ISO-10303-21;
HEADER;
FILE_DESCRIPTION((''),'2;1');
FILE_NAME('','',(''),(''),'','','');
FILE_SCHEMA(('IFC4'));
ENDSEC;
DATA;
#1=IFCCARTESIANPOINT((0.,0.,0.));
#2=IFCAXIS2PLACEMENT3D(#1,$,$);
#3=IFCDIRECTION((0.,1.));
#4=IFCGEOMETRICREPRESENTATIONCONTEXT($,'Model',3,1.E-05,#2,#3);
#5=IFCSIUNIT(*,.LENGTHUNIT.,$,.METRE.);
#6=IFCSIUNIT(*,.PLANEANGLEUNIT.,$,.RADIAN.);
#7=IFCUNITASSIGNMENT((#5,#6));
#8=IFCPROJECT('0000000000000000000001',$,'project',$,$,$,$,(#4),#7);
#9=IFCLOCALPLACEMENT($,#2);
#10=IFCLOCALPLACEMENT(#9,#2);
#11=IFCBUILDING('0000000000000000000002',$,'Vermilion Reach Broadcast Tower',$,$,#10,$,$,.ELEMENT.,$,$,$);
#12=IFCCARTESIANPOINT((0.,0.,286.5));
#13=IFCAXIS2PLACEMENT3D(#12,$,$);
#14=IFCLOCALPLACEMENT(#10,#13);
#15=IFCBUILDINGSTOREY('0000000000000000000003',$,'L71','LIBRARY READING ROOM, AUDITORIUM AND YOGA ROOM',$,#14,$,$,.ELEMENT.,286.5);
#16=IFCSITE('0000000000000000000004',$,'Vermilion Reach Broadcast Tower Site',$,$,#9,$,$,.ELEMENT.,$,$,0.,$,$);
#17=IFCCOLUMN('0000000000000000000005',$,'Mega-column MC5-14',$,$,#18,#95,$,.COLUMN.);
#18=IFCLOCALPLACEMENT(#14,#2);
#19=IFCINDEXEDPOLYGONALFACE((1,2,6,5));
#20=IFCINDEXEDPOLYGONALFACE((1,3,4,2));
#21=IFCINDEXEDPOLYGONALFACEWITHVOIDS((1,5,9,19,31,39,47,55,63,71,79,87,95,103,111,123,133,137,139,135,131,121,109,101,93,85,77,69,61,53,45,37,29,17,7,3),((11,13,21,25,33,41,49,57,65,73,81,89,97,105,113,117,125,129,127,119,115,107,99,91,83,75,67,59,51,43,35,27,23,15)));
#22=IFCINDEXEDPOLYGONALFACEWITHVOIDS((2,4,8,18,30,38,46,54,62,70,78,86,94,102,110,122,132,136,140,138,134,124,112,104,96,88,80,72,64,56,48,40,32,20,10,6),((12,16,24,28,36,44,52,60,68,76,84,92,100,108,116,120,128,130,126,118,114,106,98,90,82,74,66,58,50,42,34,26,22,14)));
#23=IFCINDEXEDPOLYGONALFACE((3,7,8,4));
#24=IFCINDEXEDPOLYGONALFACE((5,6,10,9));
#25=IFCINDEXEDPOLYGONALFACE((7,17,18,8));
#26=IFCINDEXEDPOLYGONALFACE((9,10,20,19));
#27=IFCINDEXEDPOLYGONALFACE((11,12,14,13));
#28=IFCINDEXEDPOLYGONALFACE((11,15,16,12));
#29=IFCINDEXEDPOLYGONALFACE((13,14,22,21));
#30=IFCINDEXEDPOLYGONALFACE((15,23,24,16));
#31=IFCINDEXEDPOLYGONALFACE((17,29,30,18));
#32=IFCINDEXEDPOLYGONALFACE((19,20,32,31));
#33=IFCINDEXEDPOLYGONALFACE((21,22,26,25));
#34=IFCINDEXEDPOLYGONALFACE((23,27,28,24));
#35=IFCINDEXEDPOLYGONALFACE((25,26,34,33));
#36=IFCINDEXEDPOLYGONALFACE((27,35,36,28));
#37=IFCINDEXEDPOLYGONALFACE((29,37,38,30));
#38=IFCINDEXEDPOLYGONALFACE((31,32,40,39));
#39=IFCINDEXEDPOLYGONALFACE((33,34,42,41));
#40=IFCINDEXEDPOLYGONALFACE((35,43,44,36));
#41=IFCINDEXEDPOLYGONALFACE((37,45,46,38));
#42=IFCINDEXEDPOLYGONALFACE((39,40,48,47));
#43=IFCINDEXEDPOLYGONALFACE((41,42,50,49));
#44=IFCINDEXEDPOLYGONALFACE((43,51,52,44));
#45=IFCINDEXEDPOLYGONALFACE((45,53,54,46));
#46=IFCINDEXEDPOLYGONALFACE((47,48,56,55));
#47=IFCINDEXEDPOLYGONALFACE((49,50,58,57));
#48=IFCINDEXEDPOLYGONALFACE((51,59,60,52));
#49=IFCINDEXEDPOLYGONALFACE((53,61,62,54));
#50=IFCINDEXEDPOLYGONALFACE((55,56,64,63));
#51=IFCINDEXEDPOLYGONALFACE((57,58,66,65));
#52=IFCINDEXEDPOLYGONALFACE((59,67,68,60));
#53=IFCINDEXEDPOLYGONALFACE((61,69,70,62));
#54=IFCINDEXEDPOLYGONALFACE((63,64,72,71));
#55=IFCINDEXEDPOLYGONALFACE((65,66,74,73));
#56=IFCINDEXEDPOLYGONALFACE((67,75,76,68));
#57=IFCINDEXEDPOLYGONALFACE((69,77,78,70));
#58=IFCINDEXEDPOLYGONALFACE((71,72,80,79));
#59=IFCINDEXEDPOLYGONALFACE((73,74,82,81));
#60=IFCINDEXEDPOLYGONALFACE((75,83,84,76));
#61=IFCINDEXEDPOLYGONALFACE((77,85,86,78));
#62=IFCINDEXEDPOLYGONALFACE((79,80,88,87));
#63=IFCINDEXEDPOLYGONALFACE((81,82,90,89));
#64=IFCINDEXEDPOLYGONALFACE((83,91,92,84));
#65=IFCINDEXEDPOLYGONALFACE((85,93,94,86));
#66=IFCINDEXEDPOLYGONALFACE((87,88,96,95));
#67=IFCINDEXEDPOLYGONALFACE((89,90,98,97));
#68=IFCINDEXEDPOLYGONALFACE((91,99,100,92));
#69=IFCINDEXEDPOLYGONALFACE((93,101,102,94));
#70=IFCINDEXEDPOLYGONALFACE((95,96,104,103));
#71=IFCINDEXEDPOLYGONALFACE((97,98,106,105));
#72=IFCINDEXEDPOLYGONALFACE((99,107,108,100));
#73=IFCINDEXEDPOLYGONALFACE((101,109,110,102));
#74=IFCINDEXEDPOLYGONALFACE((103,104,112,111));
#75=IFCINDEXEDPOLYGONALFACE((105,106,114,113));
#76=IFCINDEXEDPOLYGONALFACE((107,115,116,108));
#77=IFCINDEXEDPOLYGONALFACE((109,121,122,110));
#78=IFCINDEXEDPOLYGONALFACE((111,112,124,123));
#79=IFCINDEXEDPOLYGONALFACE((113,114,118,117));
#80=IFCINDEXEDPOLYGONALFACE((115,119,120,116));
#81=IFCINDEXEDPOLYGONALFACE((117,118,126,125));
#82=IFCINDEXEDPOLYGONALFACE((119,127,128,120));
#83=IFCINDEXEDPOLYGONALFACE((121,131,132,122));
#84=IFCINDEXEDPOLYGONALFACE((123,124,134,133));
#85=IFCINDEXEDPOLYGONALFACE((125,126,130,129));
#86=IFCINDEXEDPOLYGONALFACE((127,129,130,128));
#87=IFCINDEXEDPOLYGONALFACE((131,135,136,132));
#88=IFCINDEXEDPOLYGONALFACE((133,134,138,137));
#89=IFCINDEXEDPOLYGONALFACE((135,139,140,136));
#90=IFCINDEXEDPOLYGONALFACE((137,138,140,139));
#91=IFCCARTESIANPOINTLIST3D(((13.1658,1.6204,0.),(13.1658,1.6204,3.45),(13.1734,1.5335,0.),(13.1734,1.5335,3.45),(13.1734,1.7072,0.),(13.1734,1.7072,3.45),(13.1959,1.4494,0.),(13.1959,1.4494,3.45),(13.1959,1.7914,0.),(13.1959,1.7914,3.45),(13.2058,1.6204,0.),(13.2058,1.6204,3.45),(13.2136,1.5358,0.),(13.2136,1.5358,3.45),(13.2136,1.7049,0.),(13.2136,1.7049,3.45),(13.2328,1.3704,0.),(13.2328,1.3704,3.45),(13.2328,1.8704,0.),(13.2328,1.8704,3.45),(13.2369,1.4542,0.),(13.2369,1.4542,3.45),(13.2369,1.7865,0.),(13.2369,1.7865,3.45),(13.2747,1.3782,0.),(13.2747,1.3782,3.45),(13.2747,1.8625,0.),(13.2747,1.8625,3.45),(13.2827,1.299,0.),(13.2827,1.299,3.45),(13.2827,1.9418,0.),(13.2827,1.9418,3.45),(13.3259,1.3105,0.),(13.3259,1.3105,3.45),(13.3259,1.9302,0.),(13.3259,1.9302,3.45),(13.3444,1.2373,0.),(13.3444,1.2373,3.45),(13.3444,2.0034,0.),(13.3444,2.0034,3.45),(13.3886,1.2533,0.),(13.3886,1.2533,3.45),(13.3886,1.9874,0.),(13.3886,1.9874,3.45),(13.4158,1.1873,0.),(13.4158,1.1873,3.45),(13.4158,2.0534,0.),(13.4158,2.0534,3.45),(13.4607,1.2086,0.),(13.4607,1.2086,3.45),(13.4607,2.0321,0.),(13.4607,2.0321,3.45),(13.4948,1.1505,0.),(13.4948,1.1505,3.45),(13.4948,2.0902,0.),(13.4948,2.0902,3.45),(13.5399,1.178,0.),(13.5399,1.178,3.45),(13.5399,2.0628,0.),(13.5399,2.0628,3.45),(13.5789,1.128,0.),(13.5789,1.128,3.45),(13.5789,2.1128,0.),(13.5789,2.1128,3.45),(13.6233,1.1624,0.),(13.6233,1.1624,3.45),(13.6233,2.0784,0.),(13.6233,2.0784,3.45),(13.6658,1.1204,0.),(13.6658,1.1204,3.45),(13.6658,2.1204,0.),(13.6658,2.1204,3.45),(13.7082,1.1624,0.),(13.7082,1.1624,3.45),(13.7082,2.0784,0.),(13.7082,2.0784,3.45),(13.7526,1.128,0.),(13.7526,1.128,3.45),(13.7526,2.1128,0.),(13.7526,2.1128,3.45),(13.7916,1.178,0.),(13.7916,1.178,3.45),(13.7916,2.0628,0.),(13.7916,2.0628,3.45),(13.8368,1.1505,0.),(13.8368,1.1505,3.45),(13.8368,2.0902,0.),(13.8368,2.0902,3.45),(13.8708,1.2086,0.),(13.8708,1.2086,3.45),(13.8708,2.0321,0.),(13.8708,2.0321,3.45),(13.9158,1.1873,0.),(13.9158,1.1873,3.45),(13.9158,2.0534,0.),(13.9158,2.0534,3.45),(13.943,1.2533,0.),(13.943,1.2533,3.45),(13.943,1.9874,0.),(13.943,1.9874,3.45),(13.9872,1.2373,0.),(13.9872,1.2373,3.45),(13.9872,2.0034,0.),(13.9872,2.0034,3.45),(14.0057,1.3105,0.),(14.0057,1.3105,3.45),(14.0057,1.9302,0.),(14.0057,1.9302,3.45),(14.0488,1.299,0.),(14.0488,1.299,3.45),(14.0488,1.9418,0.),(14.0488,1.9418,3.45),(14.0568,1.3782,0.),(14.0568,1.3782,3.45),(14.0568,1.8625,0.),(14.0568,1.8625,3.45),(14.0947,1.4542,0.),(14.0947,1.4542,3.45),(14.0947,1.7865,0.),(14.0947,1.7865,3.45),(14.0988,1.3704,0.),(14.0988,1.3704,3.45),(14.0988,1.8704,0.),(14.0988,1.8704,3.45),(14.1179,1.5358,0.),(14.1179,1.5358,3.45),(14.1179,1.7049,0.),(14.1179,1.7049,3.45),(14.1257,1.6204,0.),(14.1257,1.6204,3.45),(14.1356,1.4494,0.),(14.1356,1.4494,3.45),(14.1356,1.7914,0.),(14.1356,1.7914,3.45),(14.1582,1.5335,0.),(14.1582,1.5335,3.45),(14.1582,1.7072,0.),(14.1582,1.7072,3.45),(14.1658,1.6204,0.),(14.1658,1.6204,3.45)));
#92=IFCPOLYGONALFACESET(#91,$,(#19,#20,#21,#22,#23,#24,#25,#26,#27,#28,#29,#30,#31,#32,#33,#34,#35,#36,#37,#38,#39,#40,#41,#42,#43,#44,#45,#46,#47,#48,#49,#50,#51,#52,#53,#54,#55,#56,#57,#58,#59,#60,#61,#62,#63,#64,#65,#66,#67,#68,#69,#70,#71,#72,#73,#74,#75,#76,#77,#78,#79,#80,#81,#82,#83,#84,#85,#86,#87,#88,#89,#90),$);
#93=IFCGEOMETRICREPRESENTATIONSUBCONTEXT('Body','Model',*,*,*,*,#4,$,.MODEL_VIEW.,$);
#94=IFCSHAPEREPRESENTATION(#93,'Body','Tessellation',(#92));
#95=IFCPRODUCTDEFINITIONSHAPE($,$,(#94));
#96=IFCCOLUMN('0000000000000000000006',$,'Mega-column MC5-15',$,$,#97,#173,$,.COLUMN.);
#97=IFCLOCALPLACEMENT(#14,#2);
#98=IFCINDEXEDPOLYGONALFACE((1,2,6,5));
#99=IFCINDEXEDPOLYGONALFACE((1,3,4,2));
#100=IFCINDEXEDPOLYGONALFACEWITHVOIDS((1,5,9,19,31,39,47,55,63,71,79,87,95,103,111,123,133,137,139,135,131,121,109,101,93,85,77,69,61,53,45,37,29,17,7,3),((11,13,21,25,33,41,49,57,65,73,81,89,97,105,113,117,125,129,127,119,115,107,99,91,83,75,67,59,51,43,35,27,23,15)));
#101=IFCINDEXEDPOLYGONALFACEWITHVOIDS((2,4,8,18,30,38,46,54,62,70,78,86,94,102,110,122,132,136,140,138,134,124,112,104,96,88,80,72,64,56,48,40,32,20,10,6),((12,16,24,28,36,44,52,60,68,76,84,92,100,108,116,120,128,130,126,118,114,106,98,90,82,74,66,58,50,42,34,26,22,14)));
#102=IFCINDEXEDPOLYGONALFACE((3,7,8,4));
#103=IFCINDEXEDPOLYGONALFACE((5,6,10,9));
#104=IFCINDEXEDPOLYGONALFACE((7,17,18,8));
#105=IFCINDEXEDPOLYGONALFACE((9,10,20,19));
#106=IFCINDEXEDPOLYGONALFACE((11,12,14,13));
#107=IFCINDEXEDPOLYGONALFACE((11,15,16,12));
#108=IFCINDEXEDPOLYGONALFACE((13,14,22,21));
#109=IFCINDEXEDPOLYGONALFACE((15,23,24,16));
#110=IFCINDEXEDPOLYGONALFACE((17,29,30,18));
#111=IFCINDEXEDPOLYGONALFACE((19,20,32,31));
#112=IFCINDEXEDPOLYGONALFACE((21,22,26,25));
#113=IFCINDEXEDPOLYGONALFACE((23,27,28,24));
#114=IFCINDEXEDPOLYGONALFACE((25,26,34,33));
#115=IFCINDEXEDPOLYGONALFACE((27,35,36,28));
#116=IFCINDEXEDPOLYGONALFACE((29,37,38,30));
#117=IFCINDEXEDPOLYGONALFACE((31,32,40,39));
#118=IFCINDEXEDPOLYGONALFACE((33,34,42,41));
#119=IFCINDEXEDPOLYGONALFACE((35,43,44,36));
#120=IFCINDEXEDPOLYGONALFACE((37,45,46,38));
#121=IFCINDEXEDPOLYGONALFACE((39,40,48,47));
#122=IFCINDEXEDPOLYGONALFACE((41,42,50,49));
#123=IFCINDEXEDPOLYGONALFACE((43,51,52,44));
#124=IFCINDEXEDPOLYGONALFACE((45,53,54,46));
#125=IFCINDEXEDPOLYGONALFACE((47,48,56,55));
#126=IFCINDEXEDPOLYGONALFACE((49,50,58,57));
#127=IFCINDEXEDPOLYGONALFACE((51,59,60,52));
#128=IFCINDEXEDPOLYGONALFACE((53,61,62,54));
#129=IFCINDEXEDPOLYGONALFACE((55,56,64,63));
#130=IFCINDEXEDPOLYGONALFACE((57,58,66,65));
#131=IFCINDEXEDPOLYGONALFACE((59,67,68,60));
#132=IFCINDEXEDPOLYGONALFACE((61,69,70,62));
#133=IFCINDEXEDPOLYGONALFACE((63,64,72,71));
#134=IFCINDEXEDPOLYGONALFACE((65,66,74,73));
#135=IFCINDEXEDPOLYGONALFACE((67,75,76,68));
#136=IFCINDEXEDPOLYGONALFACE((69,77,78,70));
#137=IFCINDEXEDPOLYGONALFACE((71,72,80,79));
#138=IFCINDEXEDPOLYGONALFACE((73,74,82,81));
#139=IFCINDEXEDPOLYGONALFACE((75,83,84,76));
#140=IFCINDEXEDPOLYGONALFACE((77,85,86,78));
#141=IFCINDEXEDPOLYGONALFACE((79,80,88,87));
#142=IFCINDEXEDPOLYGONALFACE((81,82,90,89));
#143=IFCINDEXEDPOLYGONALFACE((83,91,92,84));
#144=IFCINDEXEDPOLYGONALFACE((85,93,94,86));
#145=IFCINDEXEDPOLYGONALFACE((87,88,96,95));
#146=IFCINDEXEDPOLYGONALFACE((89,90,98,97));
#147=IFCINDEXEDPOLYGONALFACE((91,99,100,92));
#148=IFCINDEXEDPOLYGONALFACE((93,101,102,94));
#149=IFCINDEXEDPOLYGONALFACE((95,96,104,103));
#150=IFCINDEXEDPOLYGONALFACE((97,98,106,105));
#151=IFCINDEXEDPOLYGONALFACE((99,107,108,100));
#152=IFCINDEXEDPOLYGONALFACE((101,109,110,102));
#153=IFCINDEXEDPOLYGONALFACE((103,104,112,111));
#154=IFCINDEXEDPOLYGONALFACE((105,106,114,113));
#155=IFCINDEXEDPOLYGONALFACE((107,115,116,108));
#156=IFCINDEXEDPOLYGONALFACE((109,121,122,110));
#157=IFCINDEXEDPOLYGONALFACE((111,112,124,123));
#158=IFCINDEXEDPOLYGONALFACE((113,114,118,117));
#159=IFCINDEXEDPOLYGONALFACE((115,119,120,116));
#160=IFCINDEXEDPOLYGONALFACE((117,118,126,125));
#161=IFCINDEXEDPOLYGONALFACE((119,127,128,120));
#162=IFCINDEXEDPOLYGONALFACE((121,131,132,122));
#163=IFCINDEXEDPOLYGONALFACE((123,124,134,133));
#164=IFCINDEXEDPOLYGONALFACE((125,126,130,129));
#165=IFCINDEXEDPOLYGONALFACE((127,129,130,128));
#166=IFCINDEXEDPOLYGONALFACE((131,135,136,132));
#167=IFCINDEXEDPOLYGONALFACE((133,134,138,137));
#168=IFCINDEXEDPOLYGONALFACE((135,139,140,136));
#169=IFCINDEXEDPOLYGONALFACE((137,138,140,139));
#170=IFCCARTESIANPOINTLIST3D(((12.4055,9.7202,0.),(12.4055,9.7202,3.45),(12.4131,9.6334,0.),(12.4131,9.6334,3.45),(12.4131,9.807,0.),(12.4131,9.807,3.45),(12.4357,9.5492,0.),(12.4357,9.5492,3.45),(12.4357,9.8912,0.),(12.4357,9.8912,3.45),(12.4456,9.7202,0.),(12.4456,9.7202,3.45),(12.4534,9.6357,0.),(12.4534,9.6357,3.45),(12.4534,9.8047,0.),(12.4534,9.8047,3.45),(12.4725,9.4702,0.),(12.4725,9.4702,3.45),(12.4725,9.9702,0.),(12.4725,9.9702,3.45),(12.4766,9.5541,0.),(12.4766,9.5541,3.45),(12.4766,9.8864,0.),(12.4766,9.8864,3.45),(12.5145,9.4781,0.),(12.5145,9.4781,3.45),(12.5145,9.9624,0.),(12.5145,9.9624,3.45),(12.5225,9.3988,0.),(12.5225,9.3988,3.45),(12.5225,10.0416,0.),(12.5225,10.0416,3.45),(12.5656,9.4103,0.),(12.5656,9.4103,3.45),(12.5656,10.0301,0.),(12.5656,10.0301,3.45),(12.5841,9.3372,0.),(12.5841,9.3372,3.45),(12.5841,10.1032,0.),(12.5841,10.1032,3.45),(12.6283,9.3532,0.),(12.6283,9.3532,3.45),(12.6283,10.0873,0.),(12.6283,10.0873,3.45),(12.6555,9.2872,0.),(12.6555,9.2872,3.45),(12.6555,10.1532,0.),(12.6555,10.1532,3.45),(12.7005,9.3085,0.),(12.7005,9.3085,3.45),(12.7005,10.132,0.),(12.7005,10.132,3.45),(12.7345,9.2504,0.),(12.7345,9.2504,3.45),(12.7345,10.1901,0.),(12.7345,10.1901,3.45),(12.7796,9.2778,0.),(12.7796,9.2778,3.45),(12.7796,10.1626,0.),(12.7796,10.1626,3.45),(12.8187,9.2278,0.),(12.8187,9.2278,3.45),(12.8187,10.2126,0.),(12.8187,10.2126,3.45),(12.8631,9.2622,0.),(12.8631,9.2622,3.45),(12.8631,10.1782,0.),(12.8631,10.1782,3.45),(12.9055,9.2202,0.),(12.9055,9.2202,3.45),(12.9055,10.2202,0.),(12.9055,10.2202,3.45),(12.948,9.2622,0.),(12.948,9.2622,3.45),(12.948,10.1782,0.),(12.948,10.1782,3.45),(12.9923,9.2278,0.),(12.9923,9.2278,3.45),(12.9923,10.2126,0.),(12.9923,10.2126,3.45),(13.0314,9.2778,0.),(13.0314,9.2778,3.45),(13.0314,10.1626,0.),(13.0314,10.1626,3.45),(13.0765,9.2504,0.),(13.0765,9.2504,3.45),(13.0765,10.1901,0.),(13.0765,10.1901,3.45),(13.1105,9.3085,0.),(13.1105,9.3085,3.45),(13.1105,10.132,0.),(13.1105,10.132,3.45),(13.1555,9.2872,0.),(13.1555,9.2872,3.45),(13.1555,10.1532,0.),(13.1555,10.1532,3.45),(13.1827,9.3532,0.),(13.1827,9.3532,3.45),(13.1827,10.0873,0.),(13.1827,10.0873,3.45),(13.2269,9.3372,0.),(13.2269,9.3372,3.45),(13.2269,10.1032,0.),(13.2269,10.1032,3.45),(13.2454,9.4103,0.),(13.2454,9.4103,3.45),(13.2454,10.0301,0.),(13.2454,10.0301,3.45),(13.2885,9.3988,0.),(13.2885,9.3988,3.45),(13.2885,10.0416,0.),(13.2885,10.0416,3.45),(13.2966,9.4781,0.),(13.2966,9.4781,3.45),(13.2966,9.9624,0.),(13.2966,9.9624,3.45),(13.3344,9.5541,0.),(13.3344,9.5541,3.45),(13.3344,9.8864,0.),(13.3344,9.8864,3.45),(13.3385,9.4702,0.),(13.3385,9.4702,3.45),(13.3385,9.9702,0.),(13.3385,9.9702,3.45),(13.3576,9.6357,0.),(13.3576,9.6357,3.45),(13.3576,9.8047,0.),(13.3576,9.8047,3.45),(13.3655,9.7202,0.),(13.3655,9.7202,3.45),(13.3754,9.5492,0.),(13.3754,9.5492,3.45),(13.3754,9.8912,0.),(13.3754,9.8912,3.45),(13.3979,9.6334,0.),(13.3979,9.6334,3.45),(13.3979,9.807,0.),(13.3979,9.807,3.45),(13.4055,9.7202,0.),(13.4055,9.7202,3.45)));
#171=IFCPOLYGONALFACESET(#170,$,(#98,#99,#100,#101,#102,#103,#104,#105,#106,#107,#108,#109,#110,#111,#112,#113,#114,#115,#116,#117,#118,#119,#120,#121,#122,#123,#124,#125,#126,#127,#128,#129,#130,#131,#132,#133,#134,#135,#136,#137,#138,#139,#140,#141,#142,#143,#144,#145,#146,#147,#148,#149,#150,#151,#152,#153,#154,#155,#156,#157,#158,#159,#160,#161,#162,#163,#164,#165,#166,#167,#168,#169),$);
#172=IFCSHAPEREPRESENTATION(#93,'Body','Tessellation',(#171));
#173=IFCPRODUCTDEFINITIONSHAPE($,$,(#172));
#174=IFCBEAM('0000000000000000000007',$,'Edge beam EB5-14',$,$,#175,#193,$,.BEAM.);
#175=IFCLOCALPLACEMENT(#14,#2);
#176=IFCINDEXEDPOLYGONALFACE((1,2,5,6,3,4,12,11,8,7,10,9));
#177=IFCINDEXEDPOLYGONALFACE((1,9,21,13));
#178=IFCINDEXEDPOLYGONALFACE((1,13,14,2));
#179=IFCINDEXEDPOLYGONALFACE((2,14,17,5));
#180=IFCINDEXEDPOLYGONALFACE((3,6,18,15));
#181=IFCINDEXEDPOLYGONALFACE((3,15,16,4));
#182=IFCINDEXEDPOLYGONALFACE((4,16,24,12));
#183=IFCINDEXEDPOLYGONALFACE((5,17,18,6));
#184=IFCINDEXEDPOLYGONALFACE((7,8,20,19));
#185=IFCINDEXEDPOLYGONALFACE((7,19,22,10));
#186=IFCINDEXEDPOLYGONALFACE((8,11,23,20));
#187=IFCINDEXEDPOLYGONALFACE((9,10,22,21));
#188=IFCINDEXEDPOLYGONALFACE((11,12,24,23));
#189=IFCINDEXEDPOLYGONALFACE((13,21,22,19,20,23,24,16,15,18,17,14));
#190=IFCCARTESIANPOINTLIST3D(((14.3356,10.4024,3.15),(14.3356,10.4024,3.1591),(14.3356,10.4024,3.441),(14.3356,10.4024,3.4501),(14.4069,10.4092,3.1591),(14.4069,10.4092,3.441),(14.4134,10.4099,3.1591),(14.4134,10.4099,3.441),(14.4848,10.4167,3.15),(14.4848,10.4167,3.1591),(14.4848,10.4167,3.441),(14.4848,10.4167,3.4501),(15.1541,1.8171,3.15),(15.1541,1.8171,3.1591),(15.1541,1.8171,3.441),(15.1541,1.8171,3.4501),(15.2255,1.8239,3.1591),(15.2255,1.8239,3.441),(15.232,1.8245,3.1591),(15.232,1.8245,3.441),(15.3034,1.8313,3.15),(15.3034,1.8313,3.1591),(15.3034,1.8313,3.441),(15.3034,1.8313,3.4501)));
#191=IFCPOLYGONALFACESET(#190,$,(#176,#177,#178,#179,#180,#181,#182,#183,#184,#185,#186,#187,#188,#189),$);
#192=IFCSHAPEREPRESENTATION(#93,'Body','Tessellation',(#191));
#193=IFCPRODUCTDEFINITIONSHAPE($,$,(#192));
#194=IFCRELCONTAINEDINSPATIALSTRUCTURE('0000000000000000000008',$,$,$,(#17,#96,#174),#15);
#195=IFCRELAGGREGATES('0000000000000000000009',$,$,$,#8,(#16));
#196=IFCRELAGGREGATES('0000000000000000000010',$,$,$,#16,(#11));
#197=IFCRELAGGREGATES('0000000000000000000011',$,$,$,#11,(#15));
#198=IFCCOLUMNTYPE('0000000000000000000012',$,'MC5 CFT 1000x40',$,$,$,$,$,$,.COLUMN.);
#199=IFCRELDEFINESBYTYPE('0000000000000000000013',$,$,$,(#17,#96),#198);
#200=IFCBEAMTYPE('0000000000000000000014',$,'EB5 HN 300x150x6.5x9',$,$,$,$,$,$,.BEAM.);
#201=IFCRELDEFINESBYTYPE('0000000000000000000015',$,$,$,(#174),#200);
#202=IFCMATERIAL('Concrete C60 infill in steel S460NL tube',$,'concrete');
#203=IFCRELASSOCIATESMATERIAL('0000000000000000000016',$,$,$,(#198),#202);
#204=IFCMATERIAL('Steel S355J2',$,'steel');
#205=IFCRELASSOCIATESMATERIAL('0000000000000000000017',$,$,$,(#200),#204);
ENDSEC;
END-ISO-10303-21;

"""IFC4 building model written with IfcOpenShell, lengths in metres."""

from ifc_helpers import new_model, si_unit, direction, frame, origin, origin_2d, place, context, subcontext, project, spatial, hollow_circle, i_section, extrude, material, material_profile, profile_set, type_object, element, save


model = new_model("IFC4")

# Units and contexts
model_context = context("Model", 3, precision=1e-05, world=origin(), true_north=direction((0.0, 1.0)))
body_context = subcontext(model_context, "Body", "Model", "MODEL_VIEW")
ifc_project = project(units=[si_unit("LENGTHUNIT", "METRE"), si_unit("PLANEANGLEUNIT", "RADIAN")], contexts=[model_context])

# Site, building, storey
site_placement = place(None, origin())
site = spatial("IfcSite", under=ifc_project, at=site_placement, Name="Vermilion Reach Broadcast Tower Site", CompositionType="ELEMENT", RefElevation=0.0)
building_placement = place(site_placement, origin())
building = spatial("IfcBuilding", under=site, at=building_placement, Name="Vermilion Reach Broadcast Tower", CompositionType="ELEMENT")
storey_placement = place(building_placement, frame((0.0, 0.0, 286.5)))
storey = spatial("IfcBuildingStorey", under=building, at=storey_placement, Name="L71", Description="LIBRARY READING ROOM, AUDITORIUM AND YOGA ROOM", CompositionType="ELEMENT", Elevation=286.5)

# Columns
ifc_material_1 = material(Name="Concrete C60 infill in steel S460NL tube", Category="concrete")
ifc_material_profile_1 = material_profile(ifc_material_1, hollow_circle(Radius=0.5, WallThickness=0.04, at=origin_2d()), Name="Concrete C60 infill in steel S460NL tube CFT 1000x40")
ifc_profile_set_1 = profile_set([ifc_material_profile_1], Name="Concrete C60 infill in steel S460NL tube")
column_type = type_object("IfcColumnType", Name="MC5 CFT 1000x40", PredefinedType="COLUMN", material=ifc_profile_set_1)
for number, where, z_axis, x_axis, name in (
    (1, (13.6658, 1.6204, 0.0), (0.0, 0.0, 1.0), (1.0, 0.0, 0.0), "Mega-column MC5-14"),
    (2, (12.9055, 9.7202, 0.0), (0.0, 0.0, 1.0), (1.0, 0.0, 0.0), "Mega-column MC5-15"),
):
    element("IfcColumn", number, at=place(storey_placement, frame(where, z_axis=z_axis, x_axis=x_axis)), inside=storey, type_object=column_type, Name=name, PredefinedType="COLUMN", context=body_context, shape_type="SweptSolid", body=[
        extrude(hollow_circle(Radius=0.5, WallThickness=0.04, at=origin_2d()), origin(), (0.0, 0.0, 1.0), 3.45),
    ])

# Beam
ifc_material_2 = material(Name="Steel S355J2", Category="steel")
ifc_material_profile_2 = material_profile(ifc_material_2, i_section(OverallWidth=0.1499, OverallDepth=0.3, WebThickness=0.0066, FlangeThickness=0.009, at=origin_2d()), Name="S355J2 HN 300x150x6.5x9")
ifc_profile_set_2 = profile_set([ifc_material_profile_2], Name="Steel S355J2")
beam_type_1 = type_object("IfcBeamType", Name="EB5 HN 300x150x6.5x9", PredefinedType="BEAM", material=ifc_profile_set_2)
beam_1_placement = place(storey_placement, frame((15.2288, 1.8242, 3.3), z_axis=(-0.094917, 0.995485, 0.0), x_axis=(-0.995485, -0.094917, 0.0)))
element("IfcBeam", 3, at=beam_1_placement, inside=storey, type_object=beam_type_1, Name="Edge beam EB5-14", PredefinedType="BEAM", context=body_context, shape_type="SweptSolid", body=[
    extrude(i_section(OverallWidth=0.1499, OverallDepth=0.3, WebThickness=0.0066, FlangeThickness=0.009, at=origin_2d()), origin(), (0.0, 0.0, 1.0), 8.6243),
])

save(model, "model.ifc")
